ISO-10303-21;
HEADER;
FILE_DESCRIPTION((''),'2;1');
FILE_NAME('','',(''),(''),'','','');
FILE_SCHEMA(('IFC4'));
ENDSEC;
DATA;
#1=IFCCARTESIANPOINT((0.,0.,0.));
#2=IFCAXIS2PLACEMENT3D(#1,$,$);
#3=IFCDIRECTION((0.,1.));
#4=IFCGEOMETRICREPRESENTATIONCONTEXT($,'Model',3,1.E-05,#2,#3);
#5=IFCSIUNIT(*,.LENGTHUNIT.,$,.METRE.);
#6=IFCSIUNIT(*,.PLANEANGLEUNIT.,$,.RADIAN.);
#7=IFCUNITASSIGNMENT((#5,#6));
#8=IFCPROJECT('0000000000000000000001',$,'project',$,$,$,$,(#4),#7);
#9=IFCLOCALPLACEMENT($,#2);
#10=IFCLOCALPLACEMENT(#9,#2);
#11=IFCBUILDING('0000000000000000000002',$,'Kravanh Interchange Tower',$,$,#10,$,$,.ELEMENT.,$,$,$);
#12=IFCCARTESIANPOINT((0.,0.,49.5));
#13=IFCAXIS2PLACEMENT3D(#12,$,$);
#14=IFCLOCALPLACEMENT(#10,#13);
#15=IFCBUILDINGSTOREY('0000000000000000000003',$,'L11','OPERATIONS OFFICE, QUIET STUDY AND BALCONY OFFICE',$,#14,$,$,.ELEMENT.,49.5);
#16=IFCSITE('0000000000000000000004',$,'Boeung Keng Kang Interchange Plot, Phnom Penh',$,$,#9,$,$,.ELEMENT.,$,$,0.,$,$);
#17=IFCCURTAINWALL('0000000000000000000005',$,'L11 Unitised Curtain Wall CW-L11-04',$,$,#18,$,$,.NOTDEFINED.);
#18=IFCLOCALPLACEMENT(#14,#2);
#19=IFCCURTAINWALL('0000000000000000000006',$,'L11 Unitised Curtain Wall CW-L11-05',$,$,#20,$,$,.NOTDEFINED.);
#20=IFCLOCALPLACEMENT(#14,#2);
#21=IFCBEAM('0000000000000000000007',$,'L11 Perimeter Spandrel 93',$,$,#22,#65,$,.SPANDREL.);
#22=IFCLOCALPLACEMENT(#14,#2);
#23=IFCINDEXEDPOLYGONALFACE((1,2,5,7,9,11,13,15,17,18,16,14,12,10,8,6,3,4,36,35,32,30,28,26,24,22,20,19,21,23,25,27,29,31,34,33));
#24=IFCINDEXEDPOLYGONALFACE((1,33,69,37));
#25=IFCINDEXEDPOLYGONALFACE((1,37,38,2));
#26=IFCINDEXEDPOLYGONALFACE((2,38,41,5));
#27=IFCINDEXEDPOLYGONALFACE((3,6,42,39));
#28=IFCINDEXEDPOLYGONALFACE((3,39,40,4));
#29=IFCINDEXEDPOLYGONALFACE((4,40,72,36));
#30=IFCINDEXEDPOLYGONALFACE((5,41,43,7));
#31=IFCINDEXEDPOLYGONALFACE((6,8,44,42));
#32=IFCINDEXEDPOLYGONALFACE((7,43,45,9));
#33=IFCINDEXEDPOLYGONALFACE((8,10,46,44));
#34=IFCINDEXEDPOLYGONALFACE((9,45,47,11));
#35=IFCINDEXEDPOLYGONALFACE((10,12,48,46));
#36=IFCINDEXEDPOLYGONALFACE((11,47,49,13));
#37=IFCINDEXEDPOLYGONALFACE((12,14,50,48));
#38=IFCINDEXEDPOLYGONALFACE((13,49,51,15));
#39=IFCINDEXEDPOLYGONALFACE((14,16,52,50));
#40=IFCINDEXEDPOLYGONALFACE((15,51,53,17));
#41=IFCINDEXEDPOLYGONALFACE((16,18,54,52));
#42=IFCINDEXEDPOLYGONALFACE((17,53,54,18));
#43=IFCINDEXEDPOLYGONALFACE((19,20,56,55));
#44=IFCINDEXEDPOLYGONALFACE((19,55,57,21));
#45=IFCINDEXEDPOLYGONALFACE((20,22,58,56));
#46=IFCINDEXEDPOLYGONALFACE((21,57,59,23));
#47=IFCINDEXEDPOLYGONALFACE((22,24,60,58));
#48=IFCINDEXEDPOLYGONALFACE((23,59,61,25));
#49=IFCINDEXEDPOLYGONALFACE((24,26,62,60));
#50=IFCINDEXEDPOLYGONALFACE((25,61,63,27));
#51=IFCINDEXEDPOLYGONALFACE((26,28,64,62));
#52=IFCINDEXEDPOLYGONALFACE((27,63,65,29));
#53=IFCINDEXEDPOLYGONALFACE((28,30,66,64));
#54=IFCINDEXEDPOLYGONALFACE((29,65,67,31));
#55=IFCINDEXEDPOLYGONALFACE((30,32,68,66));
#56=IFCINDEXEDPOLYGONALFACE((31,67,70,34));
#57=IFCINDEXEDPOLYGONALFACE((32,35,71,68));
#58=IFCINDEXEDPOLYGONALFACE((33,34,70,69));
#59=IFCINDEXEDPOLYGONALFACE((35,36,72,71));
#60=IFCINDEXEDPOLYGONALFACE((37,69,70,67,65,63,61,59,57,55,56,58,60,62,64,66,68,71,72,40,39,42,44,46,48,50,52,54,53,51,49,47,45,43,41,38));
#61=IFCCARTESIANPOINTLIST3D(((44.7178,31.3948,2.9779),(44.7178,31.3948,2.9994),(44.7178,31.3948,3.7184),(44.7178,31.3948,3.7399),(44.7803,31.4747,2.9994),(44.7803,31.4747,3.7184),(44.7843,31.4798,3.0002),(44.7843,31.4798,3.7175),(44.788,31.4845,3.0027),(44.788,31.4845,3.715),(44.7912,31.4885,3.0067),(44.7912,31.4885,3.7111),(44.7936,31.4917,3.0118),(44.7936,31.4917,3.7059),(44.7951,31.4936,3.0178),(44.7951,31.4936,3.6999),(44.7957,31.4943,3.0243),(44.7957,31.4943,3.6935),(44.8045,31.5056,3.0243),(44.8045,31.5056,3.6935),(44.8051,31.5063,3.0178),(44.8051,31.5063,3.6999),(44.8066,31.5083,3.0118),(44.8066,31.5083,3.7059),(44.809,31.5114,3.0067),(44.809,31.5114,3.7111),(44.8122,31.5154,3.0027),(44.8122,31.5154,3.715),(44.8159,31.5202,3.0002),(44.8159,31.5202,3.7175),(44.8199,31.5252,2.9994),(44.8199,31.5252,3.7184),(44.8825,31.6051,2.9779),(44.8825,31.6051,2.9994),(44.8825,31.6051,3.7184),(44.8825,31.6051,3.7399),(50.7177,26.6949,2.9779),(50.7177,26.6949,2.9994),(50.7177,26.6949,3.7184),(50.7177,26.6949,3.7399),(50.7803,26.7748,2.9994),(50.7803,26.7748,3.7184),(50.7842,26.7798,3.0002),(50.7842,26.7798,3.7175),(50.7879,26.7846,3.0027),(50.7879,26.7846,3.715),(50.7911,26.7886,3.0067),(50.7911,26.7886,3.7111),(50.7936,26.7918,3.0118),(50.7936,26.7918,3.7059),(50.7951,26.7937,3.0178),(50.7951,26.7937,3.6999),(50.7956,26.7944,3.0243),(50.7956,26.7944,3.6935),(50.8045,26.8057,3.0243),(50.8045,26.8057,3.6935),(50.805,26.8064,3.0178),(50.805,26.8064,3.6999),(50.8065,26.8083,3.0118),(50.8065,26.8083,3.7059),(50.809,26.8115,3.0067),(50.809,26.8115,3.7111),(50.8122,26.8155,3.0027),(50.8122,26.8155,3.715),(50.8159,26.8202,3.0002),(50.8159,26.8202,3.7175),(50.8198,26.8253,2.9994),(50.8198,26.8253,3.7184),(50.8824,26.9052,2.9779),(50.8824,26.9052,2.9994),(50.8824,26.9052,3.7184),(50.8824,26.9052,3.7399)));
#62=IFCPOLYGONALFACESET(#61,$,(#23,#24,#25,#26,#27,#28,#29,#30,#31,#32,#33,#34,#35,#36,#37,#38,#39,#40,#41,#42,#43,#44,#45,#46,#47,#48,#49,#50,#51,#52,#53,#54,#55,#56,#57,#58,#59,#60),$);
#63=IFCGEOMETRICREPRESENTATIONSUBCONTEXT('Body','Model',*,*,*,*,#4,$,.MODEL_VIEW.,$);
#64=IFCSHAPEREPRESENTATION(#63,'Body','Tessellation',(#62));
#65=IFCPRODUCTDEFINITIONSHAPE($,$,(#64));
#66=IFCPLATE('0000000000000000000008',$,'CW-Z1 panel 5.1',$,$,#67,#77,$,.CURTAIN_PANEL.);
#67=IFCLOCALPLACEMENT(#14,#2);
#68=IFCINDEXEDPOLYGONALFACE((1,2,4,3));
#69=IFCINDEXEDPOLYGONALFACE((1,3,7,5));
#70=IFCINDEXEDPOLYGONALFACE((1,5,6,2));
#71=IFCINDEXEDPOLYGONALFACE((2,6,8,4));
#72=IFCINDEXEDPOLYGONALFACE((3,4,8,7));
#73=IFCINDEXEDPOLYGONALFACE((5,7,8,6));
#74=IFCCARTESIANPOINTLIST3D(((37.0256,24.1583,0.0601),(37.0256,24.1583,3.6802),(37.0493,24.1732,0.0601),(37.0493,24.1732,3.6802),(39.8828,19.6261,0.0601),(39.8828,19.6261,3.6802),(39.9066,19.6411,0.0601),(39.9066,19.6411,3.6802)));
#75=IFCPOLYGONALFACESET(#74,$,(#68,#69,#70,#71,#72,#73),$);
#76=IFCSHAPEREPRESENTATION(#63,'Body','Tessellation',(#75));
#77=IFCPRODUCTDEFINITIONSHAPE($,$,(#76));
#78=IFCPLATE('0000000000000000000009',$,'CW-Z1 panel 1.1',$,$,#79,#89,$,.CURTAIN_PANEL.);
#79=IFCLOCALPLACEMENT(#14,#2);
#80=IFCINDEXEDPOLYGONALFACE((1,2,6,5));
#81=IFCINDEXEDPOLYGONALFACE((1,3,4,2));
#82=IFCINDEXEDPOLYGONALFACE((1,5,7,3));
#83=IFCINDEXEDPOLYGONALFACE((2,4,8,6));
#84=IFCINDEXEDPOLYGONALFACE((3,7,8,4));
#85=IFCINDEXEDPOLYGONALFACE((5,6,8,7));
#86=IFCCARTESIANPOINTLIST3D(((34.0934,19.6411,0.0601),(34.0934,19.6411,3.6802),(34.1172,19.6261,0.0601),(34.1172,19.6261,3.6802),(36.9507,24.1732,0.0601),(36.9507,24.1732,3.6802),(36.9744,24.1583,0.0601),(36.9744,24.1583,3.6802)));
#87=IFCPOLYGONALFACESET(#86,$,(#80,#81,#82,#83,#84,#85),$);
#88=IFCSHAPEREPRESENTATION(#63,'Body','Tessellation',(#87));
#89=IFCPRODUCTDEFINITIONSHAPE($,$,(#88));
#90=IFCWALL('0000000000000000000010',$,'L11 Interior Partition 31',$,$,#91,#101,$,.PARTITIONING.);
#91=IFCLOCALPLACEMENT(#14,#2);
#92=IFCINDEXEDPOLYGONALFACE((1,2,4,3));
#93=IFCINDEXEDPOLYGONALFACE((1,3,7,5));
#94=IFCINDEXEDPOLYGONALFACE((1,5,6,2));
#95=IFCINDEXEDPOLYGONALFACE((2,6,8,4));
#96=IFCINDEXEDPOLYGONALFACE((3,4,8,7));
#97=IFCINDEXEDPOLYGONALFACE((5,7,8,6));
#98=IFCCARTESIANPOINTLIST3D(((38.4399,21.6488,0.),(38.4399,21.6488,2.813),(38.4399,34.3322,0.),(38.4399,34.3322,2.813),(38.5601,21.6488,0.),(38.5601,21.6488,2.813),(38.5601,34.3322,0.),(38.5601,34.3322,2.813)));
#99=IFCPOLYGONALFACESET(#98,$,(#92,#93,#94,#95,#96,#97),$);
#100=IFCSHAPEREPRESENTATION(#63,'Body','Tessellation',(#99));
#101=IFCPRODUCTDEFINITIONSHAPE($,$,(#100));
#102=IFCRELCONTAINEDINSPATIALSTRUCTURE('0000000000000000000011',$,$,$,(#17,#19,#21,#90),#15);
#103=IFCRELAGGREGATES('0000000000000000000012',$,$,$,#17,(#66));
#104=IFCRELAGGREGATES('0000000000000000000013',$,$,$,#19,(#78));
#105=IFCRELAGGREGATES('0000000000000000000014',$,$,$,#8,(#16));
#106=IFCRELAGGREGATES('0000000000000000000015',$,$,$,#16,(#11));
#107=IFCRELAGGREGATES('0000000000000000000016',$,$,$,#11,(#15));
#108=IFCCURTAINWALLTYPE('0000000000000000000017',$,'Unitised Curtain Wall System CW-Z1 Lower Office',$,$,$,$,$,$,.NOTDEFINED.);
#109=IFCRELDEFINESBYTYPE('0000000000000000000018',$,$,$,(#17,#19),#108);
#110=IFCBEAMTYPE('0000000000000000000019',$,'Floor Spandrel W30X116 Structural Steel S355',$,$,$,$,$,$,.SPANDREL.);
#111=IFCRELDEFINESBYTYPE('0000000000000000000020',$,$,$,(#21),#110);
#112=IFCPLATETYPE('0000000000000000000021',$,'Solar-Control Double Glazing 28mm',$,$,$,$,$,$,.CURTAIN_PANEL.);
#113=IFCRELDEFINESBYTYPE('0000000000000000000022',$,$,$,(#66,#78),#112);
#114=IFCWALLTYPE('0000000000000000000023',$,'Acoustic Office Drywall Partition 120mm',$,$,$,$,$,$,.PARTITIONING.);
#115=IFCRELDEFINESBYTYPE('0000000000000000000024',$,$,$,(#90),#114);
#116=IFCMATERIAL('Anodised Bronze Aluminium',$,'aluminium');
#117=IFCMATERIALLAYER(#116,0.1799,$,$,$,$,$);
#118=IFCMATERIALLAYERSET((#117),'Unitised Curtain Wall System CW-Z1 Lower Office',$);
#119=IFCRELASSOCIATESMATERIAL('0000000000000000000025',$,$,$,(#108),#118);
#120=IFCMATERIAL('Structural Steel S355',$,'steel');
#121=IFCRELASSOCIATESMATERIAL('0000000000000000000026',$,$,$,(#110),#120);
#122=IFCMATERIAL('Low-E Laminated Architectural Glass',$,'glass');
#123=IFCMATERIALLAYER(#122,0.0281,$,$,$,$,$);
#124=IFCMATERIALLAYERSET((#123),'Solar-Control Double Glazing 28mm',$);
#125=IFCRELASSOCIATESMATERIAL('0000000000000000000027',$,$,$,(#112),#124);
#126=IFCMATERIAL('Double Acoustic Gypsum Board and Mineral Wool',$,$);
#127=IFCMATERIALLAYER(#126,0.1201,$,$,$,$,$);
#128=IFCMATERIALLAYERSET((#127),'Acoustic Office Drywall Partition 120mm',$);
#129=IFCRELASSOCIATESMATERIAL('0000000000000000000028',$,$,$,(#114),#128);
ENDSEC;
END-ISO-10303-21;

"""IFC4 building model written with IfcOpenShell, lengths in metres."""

from ifc_helpers import new_model, si_unit, direction, frame, frame_2d, origin, origin_2d, place, context, subcontext, project, spatial, rectangle, i_section, extrude, material, layer, layer_set, material_profile, profile_set, type_object, element, aggregate, save


model = new_model("IFC4")

# Units and contexts
model_context = context("Model", 3, precision=1e-05, world=origin(), true_north=direction((0.0, 1.0)))
body_context = subcontext(model_context, "Body", "Model", "MODEL_VIEW")
ifc_project = project(units=[si_unit("LENGTHUNIT", "METRE"), si_unit("PLANEANGLEUNIT", "RADIAN")], contexts=[model_context])

# Site, building, storey
site_placement = place(None, origin())
site = spatial("IfcSite", under=ifc_project, at=site_placement, Name="Boeung Keng Kang Interchange Plot, Phnom Penh", CompositionType="ELEMENT", RefElevation=0.0)
building_placement = place(site_placement, origin())
building = spatial("IfcBuilding", under=site, at=building_placement, Name="Kravanh Interchange Tower", CompositionType="ELEMENT")
storey_placement = place(building_placement, frame((0.0, 0.0, 49.5)))
storey = spatial("IfcBuildingStorey", under=building, at=storey_placement, Name="L11", Description="OPERATIONS OFFICE, QUIET STUDY AND BALCONY OFFICE", CompositionType="ELEMENT", Elevation=49.5)

# Curtain walls
ifc_material_1 = material(Name="Anodised Bronze Aluminium", Category="aluminium")
ifc_layer_1 = layer(ifc_material_1, 0.1799)
ifc_layer_set_1 = layer_set([ifc_layer_1], Name="Unitised Curtain Wall System CW-Z1 Lower Office")
curtain_wall_type = type_object("IfcCurtainWallType", Name="Unitised Curtain Wall System CW-Z1 Lower Office", PredefinedType="NOTDEFINED", material=ifc_layer_set_1)
curtain_wall_1_placement = place(storey_placement, origin())
curtain_wall_1 = element("IfcCurtainWall", 1, at=curtain_wall_1_placement, inside=storey, type_object=curtain_wall_type, Name="L11 Unitised Curtain Wall CW-L11-04", PredefinedType="NOTDEFINED")
curtain_wall_2_placement = place(storey_placement, origin())
curtain_wall_2 = element("IfcCurtainWall", 2, at=curtain_wall_2_placement, inside=storey, type_object=curtain_wall_type, Name="L11 Unitised Curtain Wall CW-L11-05", PredefinedType="NOTDEFINED")

# Beam
ifc_material_2 = material(Name="Structural Steel S355", Category="steel")
ifc_material_profile_1 = material_profile(ifc_material_2, i_section(OverallWidth=0.2671, OverallDepth=0.762, WebThickness=0.0144, FlangeThickness=0.0215, FilletRadius=0.0249, at=origin_2d()), Name="W30X116")
ifc_profile_set_1 = profile_set([ifc_material_profile_1], Name="Structural Steel S355")
beam_type_1 = type_object("IfcBeamType", Name="Floor Spandrel W30X116 Structural Steel S355", PredefinedType="SPANDREL", material=ifc_profile_set_1)
beam_1_placement = place(storey_placement, frame((50.8, 26.8, 3.3589), z_axis=(-0.787231, 0.616658, 0.0), x_axis=(-0.616658, -0.787231, 0.0)))
element("IfcBeam", 3, at=beam_1_placement, inside=storey, type_object=beam_type_1, Name="L11 Perimeter Spandrel 93", PredefinedType="SPANDREL", context=body_context, shape_type="SweptSolid", body=[
    extrude(i_section(OverallWidth=0.2671, OverallDepth=0.762, WebThickness=0.0144, FlangeThickness=0.0215, FilletRadius=0.0249, at=origin_2d()), origin(), (0.0, 0.0, 1.0), 7.6216),
])

# Plates
ifc_material_3 = material(Name="Low-E Laminated Architectural Glass", Category="glass")
ifc_layer_2 = layer(ifc_material_3, 0.0281)
ifc_layer_set_2 = layer_set([ifc_layer_2], Name="Solar-Control Double Glazing 28mm")
plate_type = type_object("IfcPlateType", Name="Solar-Control Double Glazing 28mm", PredefinedType="CURTAIN_PANEL", material=ifc_layer_set_2)
plate_1_placement = place(storey_placement, frame((38.4661, 21.8997, 0.0601), z_axis=(0.0, 0.0, 1.0), x_axis=(-0.533301, 0.845926, 0.0)))
plate_1 = element("IfcPlate", 4, at=plate_1_placement, type_object=plate_type, Name="CW-Z1 panel 5.1", PredefinedType="CURTAIN_PANEL", context=body_context, shape_type="SweptSolid", body=[
    extrude(rectangle(XDim=5.3577, YDim=0.0281, at=origin_2d()), origin(), (0.0, 0.0, 1.0), 3.6201),
])
aggregate(curtain_wall_1, [plate_1])
plate_2_placement = place(storey_placement, frame((35.5339, 21.8997, 0.0601), z_axis=(0.0, 0.0, 1.0), x_axis=(-0.533301, -0.845926, 0.0)))
plate_2 = element("IfcPlate", 5, at=plate_2_placement, type_object=plate_type, Name="CW-Z1 panel 1.1", PredefinedType="CURTAIN_PANEL", context=body_context, shape_type="SweptSolid", body=[
    extrude(rectangle(XDim=5.3577, YDim=0.0281, at=origin_2d()), origin(), (0.0, 0.0, 1.0), 3.6201),
])
aggregate(curtain_wall_2, [plate_2])

# Wall
ifc_material_4 = material(Name="Double Acoustic Gypsum Board and Mineral Wool")
ifc_layer_3 = layer(ifc_material_4, 0.1201)
ifc_layer_set_3 = layer_set([ifc_layer_3], Name="Acoustic Office Drywall Partition 120mm")
wall_type = type_object("IfcWallType", Name="Acoustic Office Drywall Partition 120mm", PredefinedType="PARTITIONING", material=ifc_layer_set_3)
wall_placement = place(storey_placement, frame((38.5, 21.6487, 0.0), z_axis=(0.0, 0.0, 1.0), x_axis=(0.0, 1.0, 0.0)))
element("IfcWall", 6, at=wall_placement, inside=storey, type_object=wall_type, Name="L11 Interior Partition 31", PredefinedType="PARTITIONING", context=body_context, shape_type="SweptSolid", body=[
    extrude(rectangle(XDim=12.6833, YDim=0.1201, at=frame_2d((6.3418, 0.0))), origin(), (0.0, 0.0, 1.0), 2.813),
])

save(model, "model.ifc")
